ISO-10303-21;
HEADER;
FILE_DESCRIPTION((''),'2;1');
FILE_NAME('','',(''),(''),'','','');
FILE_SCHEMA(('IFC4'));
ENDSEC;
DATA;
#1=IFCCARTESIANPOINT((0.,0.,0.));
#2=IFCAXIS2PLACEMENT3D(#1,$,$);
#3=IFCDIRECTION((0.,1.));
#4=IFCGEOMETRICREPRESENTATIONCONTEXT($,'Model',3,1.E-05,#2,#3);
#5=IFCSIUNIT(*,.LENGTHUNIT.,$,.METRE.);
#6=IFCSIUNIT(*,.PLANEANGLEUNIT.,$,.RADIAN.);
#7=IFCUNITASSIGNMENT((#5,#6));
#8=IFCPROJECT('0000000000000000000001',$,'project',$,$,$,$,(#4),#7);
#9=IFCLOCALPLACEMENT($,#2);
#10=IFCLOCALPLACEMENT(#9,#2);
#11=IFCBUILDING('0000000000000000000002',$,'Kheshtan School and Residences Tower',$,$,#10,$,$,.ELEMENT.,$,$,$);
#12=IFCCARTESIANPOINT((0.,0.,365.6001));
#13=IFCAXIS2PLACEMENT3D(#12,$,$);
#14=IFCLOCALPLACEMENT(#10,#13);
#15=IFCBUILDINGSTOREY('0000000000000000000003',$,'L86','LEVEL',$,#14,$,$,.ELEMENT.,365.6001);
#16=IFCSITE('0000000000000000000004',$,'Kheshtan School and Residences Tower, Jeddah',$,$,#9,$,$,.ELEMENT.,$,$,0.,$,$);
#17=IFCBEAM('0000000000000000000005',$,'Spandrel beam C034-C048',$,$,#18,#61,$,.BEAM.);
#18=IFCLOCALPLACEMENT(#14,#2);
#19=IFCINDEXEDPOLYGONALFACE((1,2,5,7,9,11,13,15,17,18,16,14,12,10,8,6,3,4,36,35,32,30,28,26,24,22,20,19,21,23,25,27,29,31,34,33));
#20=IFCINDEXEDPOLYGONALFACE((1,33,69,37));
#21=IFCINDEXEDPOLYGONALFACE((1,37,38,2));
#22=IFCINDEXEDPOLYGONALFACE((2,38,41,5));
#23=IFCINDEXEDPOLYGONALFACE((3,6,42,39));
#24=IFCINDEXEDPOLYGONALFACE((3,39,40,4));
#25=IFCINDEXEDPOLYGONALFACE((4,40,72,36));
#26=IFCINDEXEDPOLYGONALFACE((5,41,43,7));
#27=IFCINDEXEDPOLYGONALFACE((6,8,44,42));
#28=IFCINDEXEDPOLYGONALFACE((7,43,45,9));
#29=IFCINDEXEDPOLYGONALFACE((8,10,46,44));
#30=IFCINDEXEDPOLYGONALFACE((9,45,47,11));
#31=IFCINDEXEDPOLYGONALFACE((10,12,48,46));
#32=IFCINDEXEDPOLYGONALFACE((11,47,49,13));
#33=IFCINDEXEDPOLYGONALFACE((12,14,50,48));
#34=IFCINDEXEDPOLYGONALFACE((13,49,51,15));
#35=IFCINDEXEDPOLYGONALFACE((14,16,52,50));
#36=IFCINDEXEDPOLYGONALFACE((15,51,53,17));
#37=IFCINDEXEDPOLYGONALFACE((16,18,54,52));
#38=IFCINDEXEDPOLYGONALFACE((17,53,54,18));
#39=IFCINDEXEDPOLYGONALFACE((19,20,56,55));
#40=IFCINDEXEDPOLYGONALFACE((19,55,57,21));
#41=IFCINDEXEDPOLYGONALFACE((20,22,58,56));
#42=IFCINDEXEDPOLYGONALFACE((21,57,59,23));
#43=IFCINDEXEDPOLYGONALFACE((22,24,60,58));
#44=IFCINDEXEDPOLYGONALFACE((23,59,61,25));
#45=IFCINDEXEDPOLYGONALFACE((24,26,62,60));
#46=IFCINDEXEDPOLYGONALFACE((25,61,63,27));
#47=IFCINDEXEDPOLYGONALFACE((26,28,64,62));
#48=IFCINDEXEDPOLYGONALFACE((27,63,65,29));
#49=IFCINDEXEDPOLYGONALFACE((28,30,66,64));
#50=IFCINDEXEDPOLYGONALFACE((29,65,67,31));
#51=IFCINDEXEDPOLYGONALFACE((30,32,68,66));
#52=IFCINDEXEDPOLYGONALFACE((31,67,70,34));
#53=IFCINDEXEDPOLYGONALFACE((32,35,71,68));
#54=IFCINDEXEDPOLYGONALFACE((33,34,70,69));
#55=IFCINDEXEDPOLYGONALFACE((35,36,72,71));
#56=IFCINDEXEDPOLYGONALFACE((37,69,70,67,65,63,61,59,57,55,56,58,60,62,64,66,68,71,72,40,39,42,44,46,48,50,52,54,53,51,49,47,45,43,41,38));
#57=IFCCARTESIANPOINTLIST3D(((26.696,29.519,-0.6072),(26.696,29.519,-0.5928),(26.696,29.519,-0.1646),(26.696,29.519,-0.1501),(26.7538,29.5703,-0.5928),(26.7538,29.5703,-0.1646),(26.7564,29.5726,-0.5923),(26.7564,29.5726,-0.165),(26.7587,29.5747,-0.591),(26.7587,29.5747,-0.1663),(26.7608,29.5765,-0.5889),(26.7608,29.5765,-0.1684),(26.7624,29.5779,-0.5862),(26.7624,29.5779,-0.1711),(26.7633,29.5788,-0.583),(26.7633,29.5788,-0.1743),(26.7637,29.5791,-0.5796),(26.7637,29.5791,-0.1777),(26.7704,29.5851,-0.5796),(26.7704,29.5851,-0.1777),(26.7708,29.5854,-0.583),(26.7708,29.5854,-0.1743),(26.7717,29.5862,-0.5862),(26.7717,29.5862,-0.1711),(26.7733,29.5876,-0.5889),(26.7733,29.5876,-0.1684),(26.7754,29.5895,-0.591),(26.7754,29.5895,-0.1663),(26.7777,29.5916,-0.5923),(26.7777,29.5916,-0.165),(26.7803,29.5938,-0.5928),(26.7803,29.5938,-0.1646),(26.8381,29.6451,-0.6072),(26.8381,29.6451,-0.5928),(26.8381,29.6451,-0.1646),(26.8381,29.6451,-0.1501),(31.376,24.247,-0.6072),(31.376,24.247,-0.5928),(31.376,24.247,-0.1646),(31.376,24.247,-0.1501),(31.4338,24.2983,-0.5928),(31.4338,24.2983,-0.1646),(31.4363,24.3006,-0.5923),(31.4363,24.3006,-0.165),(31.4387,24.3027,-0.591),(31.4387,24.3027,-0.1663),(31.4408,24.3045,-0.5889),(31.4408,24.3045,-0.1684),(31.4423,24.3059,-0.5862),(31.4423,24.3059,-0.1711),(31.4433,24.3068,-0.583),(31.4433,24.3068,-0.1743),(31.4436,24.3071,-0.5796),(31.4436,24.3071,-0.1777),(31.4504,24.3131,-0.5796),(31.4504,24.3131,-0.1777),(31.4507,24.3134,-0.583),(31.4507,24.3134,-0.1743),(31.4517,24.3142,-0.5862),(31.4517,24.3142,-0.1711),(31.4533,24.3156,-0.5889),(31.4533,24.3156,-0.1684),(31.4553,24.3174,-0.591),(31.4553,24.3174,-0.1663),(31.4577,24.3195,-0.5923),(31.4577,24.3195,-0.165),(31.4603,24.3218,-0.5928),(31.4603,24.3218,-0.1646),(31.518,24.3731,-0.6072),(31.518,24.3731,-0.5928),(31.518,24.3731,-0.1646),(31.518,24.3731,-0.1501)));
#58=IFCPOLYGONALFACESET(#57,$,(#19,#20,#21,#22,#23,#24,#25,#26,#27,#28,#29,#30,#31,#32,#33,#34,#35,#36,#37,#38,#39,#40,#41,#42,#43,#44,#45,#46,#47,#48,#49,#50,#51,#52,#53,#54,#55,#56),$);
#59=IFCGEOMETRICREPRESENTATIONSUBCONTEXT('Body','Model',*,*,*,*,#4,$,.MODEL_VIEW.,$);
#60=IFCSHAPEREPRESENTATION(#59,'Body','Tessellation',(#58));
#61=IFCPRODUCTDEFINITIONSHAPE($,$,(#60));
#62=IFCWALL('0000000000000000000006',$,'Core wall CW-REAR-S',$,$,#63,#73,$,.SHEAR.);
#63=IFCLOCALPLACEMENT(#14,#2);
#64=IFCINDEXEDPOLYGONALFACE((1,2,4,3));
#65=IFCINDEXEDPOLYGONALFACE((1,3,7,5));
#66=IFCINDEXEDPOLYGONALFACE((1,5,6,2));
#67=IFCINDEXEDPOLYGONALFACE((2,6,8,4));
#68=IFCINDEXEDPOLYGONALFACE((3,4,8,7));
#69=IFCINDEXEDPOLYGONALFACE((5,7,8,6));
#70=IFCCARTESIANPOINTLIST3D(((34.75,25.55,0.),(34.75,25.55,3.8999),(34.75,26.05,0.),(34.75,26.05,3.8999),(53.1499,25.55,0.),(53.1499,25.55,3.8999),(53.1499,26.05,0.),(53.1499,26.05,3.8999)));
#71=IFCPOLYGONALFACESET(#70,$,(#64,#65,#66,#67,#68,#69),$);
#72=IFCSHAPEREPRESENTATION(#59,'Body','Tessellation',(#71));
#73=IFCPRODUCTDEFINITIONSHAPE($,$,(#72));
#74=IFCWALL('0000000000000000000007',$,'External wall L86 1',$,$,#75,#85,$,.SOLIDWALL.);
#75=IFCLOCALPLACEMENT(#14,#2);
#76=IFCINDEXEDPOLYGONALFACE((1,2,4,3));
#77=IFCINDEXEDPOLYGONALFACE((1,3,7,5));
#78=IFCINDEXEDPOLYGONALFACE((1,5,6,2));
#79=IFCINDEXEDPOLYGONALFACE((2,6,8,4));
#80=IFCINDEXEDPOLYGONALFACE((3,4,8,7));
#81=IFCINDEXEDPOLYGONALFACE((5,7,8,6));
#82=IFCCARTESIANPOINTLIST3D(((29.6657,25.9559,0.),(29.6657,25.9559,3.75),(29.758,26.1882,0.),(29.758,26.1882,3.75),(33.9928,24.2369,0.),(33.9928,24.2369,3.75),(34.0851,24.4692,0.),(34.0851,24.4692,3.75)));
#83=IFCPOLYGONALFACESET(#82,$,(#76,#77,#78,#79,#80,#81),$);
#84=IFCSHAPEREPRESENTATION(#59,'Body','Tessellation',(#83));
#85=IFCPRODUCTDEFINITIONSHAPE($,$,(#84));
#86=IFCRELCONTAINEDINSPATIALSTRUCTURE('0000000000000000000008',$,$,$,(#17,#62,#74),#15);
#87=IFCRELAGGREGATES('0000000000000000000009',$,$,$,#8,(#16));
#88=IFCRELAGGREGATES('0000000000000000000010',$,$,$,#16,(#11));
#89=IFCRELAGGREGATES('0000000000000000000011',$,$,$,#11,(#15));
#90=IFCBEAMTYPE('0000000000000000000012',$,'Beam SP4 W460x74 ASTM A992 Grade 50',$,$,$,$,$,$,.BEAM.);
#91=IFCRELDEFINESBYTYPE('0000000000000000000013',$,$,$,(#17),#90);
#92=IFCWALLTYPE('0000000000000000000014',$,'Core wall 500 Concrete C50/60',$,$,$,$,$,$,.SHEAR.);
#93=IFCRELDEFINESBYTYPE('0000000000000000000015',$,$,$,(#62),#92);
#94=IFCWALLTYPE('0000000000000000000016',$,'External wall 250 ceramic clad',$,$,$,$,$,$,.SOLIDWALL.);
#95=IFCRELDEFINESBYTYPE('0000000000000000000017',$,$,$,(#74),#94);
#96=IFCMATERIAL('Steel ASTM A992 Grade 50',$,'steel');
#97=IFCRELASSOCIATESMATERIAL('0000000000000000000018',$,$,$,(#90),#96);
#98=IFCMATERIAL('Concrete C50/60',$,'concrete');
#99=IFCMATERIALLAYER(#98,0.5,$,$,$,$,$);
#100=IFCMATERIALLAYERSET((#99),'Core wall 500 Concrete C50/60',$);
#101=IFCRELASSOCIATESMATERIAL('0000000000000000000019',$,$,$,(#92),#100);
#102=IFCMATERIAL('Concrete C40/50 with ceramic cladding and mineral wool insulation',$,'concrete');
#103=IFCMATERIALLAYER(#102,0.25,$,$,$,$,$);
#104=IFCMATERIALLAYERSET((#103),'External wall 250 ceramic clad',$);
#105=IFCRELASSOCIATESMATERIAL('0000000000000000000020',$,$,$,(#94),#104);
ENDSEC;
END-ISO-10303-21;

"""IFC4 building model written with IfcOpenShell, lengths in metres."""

from ifc_helpers import new_model, si_unit, direction, frame, frame_2d, origin, origin_2d, place, context, subcontext, project, spatial, rectangle, i_section, extrude, material, layer, layer_set, material_profile, profile_set, type_object, element, save


model = new_model("IFC4")

# Units and contexts
model_context = context("Model", 3, precision=1e-05, world=origin(), true_north=direction((0.0, 1.0)))
body_context = subcontext(model_context, "Body", "Model", "MODEL_VIEW")
ifc_project = project(units=[si_unit("LENGTHUNIT", "METRE"), si_unit("PLANEANGLEUNIT", "RADIAN")], contexts=[model_context])

# Site, building, storey
site_placement = place(None, origin())
site = spatial("IfcSite", under=ifc_project, at=site_placement, Name="Kheshtan School and Residences Tower, Jeddah", CompositionType="ELEMENT", RefElevation=0.0)
building_placement = place(site_placement, origin())
building = spatial("IfcBuilding", under=site, at=building_placement, Name="Kheshtan School and Residences Tower", CompositionType="ELEMENT")
storey_placement = place(building_placement, frame((0.0, 0.0, 365.6001)))
storey = spatial("IfcBuildingStorey", under=building, at=storey_placement, Name="L86", Description="LEVEL", CompositionType="ELEMENT", Elevation=365.6001)

# Shared definitions
ifc_material_1 = material(Name="Steel ASTM A992 Grade 50", Category="steel")

# Beam
ifc_material_profile_1 = material_profile(ifc_material_1, i_section(OverallWidth=0.1899, OverallDepth=0.457, WebThickness=0.009, FlangeThickness=0.0144, FilletRadius=0.0132, at=origin_2d()), Name="W460x74")
ifc_profile_set_1 = profile_set([ifc_material_profile_1], Name="Steel ASTM A992 Grade 50")
beam_type_1 = type_object("IfcBeamType", Name="Beam SP4 W460x74 ASTM A992 Grade 50", PredefinedType="BEAM", material=ifc_profile_set_1)
beam_1_placement = place(storey_placement, frame((31.447, 24.3101, -0.3787), z_axis=(-0.663867, 0.747851, 0.0), x_axis=(-0.747851, -0.663867, 0.0)))
element("IfcBeam", 1, at=beam_1_placement, inside=storey, type_object=beam_type_1, Name="Spandrel beam C034-C048", PredefinedType="BEAM", context=body_context, shape_type="SweptSolid", body=[
    extrude(i_section(OverallWidth=0.1899, OverallDepth=0.457, WebThickness=0.009, FlangeThickness=0.0144, FilletRadius=0.0132, at=origin_2d()), origin(), (0.0, 0.0, 1.0), 7.0496),
])

# Walls
ifc_material_2 = material(Name="Concrete C50/60", Category="concrete")
ifc_layer_1 = layer(ifc_material_2, 0.5)
ifc_layer_set_1 = layer_set([ifc_layer_1], Name="Core wall 500 Concrete C50/60")
wall_type_1 = type_object("IfcWallType", Name="Core wall 500 Concrete C50/60", PredefinedType="SHEAR", material=ifc_layer_set_1)
wall_1_placement = place(storey_placement, frame((34.75, 25.8, 0.0), z_axis=(0.0, 0.0, 1.0), x_axis=(1.0, 0.0, 0.0)))
element("IfcWall", 2, at=wall_1_placement, inside=storey, type_object=wall_type_1, Name="Core wall CW-REAR-S", PredefinedType="SHEAR", context=body_context, shape_type="SweptSolid", body=[
    extrude(rectangle(XDim=18.3999, YDim=0.5, at=frame_2d((9.2, 0.0))), origin(), (0.0, 0.0, 1.0), 3.8999),
])
ifc_material_3 = material(Name="Concrete C40/50 with ceramic cladding and mineral wool insulation", Category="concrete")
ifc_layer_2 = layer(ifc_material_3, 0.25)
ifc_layer_set_2 = layer_set([ifc_layer_2], Name="External wall 250 ceramic clad")
wall_type_2 = type_object("IfcWallType", Name="External wall 250 ceramic clad", PredefinedType="SOLIDWALL", material=ifc_layer_set_2)
wall_2_placement = place(storey_placement, frame((34.0391, 24.353, 0.0), z_axis=(0.0, 0.0, 1.0), x_axis=(-0.929353, 0.369193, 0.0)))
element("IfcWall", 3, at=wall_2_placement, inside=storey, type_object=wall_type_2, Name="External wall L86 1", PredefinedType="SOLIDWALL", context=body_context, shape_type="SweptSolid", body=[
    extrude(rectangle(XDim=4.656, YDim=0.25, at=frame_2d((2.3281, 0.0))), origin(), (0.0, 0.0, 1.0), 3.75),
])

save(model, "model.ifc")
